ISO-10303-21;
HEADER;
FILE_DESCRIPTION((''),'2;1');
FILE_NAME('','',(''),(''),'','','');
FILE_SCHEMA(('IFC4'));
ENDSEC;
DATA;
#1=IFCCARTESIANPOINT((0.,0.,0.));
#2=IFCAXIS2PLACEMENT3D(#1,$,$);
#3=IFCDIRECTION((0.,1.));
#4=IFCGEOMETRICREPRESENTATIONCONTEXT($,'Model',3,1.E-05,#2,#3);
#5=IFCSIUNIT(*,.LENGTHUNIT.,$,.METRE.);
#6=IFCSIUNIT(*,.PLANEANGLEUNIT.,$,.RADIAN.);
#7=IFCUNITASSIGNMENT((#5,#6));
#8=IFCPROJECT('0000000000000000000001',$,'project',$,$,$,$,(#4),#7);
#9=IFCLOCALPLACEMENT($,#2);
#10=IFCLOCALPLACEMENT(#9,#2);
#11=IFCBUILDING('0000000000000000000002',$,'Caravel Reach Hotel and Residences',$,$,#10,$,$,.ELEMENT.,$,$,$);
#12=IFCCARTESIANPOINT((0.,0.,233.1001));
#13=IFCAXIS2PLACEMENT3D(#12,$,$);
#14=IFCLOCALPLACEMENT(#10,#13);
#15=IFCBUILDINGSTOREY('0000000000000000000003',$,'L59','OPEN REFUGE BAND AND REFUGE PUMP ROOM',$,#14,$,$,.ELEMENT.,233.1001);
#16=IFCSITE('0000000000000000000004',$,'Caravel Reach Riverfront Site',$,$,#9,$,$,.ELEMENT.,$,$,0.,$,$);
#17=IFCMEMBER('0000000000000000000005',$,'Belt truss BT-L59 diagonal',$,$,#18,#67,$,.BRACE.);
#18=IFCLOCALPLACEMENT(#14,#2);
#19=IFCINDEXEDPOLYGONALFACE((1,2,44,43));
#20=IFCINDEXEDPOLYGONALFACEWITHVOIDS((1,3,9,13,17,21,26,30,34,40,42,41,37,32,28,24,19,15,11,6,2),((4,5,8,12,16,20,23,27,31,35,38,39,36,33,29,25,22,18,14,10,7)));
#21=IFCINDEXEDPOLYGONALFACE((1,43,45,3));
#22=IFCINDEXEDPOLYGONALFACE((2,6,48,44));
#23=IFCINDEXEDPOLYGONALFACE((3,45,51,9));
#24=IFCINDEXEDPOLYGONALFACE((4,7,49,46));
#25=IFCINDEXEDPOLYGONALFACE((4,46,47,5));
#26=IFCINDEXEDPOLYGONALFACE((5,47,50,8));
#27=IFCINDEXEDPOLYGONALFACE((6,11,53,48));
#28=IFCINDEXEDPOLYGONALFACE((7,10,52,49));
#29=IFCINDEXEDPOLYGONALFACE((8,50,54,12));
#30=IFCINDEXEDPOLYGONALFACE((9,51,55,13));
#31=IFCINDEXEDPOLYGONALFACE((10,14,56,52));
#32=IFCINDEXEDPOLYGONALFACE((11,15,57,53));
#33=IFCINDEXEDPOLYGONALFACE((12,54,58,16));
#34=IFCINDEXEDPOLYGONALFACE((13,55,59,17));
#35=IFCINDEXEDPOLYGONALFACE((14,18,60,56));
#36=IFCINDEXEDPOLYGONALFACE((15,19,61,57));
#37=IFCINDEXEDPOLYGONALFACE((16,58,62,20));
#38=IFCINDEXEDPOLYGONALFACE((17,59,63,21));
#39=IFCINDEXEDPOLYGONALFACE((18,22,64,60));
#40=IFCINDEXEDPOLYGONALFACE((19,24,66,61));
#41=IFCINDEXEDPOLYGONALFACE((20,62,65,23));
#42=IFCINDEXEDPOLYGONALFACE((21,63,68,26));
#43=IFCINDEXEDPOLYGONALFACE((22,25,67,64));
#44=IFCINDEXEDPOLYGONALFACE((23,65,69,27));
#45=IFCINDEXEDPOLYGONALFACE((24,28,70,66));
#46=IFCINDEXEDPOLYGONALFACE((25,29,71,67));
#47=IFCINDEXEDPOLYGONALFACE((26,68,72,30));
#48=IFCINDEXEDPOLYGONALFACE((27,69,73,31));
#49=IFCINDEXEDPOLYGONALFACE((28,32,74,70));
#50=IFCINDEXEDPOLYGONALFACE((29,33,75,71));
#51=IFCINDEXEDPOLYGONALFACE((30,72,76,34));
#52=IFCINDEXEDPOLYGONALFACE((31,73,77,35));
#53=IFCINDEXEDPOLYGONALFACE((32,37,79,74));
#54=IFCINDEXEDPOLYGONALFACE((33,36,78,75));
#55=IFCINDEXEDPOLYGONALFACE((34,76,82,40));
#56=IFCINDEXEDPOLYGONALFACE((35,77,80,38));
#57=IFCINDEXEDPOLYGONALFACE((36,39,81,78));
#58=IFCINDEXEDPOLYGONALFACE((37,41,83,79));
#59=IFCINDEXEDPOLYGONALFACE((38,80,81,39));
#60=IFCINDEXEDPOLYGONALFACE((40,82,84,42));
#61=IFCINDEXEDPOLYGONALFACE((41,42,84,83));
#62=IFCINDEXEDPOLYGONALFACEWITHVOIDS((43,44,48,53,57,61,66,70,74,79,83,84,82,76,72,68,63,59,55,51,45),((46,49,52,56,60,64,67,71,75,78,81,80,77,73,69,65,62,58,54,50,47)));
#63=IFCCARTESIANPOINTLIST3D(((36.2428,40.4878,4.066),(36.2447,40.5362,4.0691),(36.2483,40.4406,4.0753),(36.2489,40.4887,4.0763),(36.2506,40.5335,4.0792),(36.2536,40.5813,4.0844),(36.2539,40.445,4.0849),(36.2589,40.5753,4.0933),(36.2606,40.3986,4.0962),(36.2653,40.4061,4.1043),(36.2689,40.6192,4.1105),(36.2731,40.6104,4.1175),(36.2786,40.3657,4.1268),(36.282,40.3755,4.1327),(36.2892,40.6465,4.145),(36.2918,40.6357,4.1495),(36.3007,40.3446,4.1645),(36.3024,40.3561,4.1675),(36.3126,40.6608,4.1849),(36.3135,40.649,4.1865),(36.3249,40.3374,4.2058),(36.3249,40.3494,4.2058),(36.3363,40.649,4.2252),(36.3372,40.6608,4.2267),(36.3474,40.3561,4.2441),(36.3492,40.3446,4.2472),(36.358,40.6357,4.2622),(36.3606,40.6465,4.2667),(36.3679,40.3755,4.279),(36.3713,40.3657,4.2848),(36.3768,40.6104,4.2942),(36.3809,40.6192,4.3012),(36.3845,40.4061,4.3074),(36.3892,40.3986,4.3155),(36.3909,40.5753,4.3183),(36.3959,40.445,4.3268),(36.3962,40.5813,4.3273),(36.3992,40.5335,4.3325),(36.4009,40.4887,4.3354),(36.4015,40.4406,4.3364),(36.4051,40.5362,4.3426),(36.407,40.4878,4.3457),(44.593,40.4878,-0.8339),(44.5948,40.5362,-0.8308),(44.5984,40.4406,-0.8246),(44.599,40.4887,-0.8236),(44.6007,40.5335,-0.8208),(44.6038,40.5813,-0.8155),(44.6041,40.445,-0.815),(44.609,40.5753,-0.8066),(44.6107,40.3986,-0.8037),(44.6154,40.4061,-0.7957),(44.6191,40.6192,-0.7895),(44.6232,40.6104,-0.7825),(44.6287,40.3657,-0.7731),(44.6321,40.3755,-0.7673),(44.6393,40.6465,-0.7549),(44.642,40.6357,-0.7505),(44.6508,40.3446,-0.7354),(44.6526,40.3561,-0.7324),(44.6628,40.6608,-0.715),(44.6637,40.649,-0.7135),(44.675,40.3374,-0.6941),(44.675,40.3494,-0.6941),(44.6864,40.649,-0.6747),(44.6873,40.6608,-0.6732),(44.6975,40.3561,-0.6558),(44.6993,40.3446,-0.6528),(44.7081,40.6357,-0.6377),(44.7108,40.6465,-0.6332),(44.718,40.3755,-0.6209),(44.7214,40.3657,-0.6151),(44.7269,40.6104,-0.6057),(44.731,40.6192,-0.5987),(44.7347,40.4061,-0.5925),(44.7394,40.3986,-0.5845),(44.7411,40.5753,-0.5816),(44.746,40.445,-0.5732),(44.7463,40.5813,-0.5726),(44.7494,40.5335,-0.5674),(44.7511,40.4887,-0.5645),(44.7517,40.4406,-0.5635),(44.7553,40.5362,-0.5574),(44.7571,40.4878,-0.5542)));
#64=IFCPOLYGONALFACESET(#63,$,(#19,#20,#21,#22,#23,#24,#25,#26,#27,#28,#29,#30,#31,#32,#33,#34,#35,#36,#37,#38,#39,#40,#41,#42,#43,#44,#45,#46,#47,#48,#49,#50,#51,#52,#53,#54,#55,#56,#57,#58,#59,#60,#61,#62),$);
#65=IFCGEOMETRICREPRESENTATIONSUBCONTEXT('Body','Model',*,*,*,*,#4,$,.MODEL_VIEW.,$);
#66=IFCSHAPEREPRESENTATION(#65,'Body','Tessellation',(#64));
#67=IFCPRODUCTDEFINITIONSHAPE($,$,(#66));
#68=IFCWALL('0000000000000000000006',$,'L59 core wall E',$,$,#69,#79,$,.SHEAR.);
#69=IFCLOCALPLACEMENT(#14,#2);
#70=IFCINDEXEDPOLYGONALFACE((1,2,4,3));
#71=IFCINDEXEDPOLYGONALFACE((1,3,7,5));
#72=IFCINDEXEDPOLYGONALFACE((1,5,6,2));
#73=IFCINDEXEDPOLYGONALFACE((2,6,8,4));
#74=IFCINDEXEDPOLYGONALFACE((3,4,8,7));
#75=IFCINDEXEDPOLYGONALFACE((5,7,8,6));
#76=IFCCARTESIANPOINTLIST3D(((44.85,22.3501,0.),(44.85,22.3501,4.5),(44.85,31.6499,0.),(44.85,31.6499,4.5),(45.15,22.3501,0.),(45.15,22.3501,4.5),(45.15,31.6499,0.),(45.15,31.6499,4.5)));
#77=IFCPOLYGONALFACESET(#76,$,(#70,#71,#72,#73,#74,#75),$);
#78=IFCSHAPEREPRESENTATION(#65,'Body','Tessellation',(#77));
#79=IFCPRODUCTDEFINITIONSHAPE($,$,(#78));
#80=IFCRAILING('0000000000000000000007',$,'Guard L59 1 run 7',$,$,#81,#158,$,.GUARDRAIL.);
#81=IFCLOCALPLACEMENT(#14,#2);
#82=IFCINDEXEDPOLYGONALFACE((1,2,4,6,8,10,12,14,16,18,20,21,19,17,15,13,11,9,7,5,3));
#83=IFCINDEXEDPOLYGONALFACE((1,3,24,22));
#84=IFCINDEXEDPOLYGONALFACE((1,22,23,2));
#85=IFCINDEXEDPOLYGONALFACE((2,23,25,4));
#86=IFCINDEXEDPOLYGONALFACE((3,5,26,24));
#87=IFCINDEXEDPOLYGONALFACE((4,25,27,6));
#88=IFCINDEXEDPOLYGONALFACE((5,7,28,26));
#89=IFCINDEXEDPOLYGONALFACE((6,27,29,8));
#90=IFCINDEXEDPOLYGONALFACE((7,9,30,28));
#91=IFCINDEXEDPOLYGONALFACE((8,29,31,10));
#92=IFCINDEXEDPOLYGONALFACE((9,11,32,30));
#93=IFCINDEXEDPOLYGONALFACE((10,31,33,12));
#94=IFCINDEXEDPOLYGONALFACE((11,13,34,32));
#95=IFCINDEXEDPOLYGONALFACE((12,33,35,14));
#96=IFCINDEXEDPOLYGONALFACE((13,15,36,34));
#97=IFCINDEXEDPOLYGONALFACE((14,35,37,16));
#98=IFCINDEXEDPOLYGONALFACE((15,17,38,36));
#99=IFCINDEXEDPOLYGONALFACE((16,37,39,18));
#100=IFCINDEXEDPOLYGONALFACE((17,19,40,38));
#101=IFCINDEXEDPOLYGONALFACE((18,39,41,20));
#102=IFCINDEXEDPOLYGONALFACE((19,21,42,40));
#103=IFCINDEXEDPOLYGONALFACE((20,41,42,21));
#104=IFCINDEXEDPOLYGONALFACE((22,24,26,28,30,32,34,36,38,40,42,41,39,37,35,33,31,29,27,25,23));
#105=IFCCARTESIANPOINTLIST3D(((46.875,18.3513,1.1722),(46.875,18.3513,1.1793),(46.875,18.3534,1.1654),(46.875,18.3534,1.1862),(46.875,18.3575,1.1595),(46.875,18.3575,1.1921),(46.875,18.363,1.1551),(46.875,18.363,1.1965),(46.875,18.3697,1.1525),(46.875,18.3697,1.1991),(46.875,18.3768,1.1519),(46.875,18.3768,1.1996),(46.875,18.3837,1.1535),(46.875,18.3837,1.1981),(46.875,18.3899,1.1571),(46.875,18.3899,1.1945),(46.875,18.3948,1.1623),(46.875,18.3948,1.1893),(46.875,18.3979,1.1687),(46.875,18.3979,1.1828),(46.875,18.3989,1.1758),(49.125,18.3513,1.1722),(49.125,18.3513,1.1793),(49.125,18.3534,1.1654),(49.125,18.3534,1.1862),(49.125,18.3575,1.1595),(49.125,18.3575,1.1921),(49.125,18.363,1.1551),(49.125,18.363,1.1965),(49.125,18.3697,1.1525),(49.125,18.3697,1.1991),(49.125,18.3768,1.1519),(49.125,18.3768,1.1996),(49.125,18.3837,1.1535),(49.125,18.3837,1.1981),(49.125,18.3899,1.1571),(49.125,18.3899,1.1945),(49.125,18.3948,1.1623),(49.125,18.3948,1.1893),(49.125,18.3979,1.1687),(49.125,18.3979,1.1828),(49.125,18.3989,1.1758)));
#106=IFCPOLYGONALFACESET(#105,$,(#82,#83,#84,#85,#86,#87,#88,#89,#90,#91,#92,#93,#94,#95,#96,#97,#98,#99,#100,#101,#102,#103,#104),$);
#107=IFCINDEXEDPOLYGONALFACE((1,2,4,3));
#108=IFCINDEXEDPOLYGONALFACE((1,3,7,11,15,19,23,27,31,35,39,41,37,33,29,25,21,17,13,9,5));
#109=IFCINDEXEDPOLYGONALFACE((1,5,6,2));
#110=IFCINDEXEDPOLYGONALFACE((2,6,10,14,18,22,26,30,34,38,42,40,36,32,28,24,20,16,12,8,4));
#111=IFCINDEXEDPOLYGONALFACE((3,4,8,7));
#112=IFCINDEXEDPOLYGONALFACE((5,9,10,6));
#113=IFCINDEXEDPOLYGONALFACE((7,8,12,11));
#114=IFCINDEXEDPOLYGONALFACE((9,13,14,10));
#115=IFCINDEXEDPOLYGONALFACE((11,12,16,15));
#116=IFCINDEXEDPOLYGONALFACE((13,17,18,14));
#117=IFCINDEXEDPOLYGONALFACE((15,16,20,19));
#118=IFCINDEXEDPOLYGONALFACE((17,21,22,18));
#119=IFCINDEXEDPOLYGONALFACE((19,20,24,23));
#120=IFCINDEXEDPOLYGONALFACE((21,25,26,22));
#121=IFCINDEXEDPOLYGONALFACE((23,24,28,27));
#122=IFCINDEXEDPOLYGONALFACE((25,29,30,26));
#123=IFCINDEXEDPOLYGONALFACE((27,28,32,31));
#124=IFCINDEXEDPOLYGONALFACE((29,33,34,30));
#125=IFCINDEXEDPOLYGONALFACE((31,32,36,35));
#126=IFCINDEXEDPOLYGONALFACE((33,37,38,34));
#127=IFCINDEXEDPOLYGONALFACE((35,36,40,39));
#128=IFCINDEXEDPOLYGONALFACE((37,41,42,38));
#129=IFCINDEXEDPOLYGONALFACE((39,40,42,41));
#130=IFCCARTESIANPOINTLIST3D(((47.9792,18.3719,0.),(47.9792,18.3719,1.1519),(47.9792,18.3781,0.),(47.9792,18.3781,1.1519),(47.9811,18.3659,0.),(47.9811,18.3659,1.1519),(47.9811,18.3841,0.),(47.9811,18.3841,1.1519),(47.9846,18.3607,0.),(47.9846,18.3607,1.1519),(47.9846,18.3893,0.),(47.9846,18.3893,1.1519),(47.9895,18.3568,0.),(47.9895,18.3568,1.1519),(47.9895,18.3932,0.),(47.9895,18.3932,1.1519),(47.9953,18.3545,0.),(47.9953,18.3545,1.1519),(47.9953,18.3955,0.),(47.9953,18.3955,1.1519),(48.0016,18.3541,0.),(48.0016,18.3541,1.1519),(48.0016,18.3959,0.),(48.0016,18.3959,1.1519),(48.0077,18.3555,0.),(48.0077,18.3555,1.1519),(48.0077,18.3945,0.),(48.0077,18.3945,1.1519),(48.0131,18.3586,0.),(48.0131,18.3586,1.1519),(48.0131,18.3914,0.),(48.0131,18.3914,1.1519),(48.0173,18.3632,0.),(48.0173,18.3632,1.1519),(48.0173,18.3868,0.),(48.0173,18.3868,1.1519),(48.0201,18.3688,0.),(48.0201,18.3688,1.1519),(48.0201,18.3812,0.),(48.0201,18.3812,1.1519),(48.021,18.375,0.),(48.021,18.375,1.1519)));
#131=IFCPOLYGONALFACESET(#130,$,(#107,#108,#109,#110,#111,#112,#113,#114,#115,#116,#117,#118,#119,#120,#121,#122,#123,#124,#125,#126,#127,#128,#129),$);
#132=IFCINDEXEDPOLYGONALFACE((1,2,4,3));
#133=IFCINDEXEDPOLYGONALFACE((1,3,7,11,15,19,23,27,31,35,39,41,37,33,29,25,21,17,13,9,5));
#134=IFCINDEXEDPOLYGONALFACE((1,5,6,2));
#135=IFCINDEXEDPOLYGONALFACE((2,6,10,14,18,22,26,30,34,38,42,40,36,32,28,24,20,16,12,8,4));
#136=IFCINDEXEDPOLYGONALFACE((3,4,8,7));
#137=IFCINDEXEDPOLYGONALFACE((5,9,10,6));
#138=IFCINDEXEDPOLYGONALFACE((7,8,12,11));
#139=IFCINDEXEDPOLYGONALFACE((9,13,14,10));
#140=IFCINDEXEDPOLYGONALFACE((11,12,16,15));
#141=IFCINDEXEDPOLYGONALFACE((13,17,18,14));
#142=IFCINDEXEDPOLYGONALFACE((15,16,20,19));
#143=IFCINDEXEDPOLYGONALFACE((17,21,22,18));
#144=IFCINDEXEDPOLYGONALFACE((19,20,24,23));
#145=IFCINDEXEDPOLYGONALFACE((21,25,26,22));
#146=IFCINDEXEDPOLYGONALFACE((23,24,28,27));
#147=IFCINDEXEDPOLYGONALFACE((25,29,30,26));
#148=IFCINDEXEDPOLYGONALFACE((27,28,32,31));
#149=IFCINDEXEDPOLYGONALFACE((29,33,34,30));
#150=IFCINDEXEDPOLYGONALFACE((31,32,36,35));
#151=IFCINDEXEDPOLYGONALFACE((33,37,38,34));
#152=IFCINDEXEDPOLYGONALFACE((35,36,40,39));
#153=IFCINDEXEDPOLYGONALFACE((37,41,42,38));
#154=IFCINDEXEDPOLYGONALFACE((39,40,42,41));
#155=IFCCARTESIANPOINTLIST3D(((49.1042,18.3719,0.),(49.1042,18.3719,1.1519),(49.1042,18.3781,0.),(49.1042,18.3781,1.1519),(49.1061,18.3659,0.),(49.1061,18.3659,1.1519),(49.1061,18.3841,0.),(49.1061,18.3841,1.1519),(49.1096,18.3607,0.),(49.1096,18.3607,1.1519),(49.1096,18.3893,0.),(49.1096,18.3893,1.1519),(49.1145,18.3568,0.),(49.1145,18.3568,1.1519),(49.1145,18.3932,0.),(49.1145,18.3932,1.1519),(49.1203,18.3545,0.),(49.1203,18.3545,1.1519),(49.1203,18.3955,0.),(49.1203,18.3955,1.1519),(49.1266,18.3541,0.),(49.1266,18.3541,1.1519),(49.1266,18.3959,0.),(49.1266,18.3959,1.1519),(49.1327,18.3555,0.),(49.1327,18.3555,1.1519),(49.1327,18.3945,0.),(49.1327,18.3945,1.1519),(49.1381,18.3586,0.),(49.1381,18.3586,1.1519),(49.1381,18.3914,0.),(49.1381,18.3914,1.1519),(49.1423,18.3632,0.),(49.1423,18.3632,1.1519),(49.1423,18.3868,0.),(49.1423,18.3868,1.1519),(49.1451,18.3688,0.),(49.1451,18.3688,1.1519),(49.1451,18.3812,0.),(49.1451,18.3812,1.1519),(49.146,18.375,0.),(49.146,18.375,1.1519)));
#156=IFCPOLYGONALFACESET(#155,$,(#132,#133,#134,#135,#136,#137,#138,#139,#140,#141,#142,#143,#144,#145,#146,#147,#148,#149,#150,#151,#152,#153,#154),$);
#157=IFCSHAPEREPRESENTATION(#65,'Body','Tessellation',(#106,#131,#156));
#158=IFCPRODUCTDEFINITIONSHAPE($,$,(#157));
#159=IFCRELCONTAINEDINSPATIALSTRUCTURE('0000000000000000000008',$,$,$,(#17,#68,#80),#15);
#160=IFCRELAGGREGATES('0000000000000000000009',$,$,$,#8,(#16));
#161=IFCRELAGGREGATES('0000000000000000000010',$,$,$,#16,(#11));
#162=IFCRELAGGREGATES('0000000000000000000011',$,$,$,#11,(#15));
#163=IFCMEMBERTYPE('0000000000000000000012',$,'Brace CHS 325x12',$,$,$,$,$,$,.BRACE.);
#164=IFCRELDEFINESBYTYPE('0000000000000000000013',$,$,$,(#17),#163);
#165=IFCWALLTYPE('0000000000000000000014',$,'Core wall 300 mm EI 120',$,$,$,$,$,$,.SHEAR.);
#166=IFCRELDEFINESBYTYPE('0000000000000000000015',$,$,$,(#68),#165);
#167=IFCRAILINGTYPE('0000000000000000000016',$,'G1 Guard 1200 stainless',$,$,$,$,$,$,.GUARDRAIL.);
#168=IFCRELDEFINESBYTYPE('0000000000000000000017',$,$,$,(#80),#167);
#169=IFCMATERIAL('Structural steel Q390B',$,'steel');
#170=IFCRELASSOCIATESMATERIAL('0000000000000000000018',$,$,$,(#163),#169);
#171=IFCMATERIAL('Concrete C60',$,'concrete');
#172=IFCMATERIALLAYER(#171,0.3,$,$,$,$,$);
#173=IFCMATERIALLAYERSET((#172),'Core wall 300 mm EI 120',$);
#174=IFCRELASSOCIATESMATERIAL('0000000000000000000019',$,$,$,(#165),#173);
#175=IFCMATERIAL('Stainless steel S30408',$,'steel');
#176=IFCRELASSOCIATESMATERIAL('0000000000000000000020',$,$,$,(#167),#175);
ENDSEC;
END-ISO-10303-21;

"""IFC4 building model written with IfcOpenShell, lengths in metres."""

from ifc_helpers import new_model, si_unit, direction, frame, frame_2d, origin, origin_2d, place, context, subcontext, project, spatial, rectangle, circle, hollow_circle, extrude, material, layer, layer_set, material_profile, profile_set, type_object, element, save


model = new_model("IFC4")

# Units and contexts
model_context = context("Model", 3, precision=1e-05, world=origin(), true_north=direction((0.0, 1.0)))
body_context = subcontext(model_context, "Body", "Model", "MODEL_VIEW")
ifc_project = project(units=[si_unit("LENGTHUNIT", "METRE"), si_unit("PLANEANGLEUNIT", "RADIAN")], contexts=[model_context])

# Site, building, storey
site_placement = place(None, origin())
site = spatial("IfcSite", under=ifc_project, at=site_placement, Name="Caravel Reach Riverfront Site", CompositionType="ELEMENT", RefElevation=0.0)
building_placement = place(site_placement, origin())
building = spatial("IfcBuilding", under=site, at=building_placement, Name="Caravel Reach Hotel and Residences", CompositionType="ELEMENT")
storey_placement = place(building_placement, frame((0.0, 0.0, 233.1001)))
storey = spatial("IfcBuildingStorey", under=building, at=storey_placement, Name="L59", Description="OPEN REFUGE BAND AND REFUGE PUMP ROOM", CompositionType="ELEMENT", Elevation=233.1001)

# Member
ifc_material_1 = material(Name="Structural steel Q390B", Category="steel")
ifc_material_profile_1 = material_profile(ifc_material_1, hollow_circle(Radius=0.1626, WallThickness=0.012, at=origin_2d()), Name="CHS 325x12")
ifc_profile_set_1 = profile_set([ifc_material_profile_1], Name="Structural steel Q390B")
member_type = type_object("IfcMemberType", Name="Brace CHS 325x12", PredefinedType="BRACE", material=ifc_profile_set_1)
for number, where, z_axis, x_axis, name in (
    (1, (44.675, 40.5, -0.6941), (-0.862472, 0.0, 0.506105), (0.0, -1.0, 0.0), "Belt truss BT-L59 diagonal"),
):
    element("IfcMember", number, at=place(storey_placement, frame(where, z_axis=z_axis, x_axis=x_axis)), inside=storey, type_object=member_type, Name=name, PredefinedType="BRACE", context=body_context, shape_type="SweptSolid", body=[
        extrude(hollow_circle(Radius=0.1626, WallThickness=0.012, at=origin_2d()), origin(), (0.0, 0.0, 1.0), 9.6816),
    ])

# Wall
ifc_material_2 = material(Name="Concrete C60", Category="concrete")
ifc_layer = layer(ifc_material_2, 0.3)
ifc_layer_set = layer_set([ifc_layer], Name="Core wall 300 mm EI 120")
wall_type = type_object("IfcWallType", Name="Core wall 300 mm EI 120", PredefinedType="SHEAR", material=ifc_layer_set)
wall_placement = place(storey_placement, frame((45.0, 22.3501, 0.0), z_axis=(0.0, 0.0, 1.0), x_axis=(0.0, 1.0, 0.0)))
element("IfcWall", 2, at=wall_placement, inside=storey, type_object=wall_type, Name="L59 core wall E", PredefinedType="SHEAR", context=body_context, shape_type="SweptSolid", body=[
    extrude(rectangle(XDim=9.2998, YDim=0.3, at=frame_2d((4.6499, 0.0))), origin(), (0.0, 0.0, 1.0), 4.5),
])

# Railing
ifc_material_3 = material(Name="Stainless steel S30408", Category="steel")
railing_type_1 = type_object("IfcRailingType", Name="G1 Guard 1200 stainless", PredefinedType="GUARDRAIL", material=ifc_material_3)
railing_1_placement = place(storey_placement, frame((46.875, 18.375, 0.0)))
element("IfcRailing", 3, at=railing_1_placement, inside=storey, type_object=railing_type_1, Name="Guard L59 1 run 7", PredefinedType="GUARDRAIL", context=body_context, shape_type="SweptSolid", body=[
    extrude(circle(Radius=0.0239, at=origin_2d()), frame((0.0, 0.0, 1.1758), z_axis=(1.0, 0.0, 0.0), x_axis=(0.0, 1.0, 0.0)), (0.0, 0.0, 1.0), 2.25),
    extrude(circle(Radius=0.021, at=origin_2d()), frame((1.125, 0.0, 0.0)), (0.0, 0.0, 1.0), 1.1519),
    extrude(circle(Radius=0.021, at=origin_2d()), frame((2.25, 0.0, 0.0)), (0.0, 0.0, 1.0), 1.1519),
])

save(model, "model.ifc")
